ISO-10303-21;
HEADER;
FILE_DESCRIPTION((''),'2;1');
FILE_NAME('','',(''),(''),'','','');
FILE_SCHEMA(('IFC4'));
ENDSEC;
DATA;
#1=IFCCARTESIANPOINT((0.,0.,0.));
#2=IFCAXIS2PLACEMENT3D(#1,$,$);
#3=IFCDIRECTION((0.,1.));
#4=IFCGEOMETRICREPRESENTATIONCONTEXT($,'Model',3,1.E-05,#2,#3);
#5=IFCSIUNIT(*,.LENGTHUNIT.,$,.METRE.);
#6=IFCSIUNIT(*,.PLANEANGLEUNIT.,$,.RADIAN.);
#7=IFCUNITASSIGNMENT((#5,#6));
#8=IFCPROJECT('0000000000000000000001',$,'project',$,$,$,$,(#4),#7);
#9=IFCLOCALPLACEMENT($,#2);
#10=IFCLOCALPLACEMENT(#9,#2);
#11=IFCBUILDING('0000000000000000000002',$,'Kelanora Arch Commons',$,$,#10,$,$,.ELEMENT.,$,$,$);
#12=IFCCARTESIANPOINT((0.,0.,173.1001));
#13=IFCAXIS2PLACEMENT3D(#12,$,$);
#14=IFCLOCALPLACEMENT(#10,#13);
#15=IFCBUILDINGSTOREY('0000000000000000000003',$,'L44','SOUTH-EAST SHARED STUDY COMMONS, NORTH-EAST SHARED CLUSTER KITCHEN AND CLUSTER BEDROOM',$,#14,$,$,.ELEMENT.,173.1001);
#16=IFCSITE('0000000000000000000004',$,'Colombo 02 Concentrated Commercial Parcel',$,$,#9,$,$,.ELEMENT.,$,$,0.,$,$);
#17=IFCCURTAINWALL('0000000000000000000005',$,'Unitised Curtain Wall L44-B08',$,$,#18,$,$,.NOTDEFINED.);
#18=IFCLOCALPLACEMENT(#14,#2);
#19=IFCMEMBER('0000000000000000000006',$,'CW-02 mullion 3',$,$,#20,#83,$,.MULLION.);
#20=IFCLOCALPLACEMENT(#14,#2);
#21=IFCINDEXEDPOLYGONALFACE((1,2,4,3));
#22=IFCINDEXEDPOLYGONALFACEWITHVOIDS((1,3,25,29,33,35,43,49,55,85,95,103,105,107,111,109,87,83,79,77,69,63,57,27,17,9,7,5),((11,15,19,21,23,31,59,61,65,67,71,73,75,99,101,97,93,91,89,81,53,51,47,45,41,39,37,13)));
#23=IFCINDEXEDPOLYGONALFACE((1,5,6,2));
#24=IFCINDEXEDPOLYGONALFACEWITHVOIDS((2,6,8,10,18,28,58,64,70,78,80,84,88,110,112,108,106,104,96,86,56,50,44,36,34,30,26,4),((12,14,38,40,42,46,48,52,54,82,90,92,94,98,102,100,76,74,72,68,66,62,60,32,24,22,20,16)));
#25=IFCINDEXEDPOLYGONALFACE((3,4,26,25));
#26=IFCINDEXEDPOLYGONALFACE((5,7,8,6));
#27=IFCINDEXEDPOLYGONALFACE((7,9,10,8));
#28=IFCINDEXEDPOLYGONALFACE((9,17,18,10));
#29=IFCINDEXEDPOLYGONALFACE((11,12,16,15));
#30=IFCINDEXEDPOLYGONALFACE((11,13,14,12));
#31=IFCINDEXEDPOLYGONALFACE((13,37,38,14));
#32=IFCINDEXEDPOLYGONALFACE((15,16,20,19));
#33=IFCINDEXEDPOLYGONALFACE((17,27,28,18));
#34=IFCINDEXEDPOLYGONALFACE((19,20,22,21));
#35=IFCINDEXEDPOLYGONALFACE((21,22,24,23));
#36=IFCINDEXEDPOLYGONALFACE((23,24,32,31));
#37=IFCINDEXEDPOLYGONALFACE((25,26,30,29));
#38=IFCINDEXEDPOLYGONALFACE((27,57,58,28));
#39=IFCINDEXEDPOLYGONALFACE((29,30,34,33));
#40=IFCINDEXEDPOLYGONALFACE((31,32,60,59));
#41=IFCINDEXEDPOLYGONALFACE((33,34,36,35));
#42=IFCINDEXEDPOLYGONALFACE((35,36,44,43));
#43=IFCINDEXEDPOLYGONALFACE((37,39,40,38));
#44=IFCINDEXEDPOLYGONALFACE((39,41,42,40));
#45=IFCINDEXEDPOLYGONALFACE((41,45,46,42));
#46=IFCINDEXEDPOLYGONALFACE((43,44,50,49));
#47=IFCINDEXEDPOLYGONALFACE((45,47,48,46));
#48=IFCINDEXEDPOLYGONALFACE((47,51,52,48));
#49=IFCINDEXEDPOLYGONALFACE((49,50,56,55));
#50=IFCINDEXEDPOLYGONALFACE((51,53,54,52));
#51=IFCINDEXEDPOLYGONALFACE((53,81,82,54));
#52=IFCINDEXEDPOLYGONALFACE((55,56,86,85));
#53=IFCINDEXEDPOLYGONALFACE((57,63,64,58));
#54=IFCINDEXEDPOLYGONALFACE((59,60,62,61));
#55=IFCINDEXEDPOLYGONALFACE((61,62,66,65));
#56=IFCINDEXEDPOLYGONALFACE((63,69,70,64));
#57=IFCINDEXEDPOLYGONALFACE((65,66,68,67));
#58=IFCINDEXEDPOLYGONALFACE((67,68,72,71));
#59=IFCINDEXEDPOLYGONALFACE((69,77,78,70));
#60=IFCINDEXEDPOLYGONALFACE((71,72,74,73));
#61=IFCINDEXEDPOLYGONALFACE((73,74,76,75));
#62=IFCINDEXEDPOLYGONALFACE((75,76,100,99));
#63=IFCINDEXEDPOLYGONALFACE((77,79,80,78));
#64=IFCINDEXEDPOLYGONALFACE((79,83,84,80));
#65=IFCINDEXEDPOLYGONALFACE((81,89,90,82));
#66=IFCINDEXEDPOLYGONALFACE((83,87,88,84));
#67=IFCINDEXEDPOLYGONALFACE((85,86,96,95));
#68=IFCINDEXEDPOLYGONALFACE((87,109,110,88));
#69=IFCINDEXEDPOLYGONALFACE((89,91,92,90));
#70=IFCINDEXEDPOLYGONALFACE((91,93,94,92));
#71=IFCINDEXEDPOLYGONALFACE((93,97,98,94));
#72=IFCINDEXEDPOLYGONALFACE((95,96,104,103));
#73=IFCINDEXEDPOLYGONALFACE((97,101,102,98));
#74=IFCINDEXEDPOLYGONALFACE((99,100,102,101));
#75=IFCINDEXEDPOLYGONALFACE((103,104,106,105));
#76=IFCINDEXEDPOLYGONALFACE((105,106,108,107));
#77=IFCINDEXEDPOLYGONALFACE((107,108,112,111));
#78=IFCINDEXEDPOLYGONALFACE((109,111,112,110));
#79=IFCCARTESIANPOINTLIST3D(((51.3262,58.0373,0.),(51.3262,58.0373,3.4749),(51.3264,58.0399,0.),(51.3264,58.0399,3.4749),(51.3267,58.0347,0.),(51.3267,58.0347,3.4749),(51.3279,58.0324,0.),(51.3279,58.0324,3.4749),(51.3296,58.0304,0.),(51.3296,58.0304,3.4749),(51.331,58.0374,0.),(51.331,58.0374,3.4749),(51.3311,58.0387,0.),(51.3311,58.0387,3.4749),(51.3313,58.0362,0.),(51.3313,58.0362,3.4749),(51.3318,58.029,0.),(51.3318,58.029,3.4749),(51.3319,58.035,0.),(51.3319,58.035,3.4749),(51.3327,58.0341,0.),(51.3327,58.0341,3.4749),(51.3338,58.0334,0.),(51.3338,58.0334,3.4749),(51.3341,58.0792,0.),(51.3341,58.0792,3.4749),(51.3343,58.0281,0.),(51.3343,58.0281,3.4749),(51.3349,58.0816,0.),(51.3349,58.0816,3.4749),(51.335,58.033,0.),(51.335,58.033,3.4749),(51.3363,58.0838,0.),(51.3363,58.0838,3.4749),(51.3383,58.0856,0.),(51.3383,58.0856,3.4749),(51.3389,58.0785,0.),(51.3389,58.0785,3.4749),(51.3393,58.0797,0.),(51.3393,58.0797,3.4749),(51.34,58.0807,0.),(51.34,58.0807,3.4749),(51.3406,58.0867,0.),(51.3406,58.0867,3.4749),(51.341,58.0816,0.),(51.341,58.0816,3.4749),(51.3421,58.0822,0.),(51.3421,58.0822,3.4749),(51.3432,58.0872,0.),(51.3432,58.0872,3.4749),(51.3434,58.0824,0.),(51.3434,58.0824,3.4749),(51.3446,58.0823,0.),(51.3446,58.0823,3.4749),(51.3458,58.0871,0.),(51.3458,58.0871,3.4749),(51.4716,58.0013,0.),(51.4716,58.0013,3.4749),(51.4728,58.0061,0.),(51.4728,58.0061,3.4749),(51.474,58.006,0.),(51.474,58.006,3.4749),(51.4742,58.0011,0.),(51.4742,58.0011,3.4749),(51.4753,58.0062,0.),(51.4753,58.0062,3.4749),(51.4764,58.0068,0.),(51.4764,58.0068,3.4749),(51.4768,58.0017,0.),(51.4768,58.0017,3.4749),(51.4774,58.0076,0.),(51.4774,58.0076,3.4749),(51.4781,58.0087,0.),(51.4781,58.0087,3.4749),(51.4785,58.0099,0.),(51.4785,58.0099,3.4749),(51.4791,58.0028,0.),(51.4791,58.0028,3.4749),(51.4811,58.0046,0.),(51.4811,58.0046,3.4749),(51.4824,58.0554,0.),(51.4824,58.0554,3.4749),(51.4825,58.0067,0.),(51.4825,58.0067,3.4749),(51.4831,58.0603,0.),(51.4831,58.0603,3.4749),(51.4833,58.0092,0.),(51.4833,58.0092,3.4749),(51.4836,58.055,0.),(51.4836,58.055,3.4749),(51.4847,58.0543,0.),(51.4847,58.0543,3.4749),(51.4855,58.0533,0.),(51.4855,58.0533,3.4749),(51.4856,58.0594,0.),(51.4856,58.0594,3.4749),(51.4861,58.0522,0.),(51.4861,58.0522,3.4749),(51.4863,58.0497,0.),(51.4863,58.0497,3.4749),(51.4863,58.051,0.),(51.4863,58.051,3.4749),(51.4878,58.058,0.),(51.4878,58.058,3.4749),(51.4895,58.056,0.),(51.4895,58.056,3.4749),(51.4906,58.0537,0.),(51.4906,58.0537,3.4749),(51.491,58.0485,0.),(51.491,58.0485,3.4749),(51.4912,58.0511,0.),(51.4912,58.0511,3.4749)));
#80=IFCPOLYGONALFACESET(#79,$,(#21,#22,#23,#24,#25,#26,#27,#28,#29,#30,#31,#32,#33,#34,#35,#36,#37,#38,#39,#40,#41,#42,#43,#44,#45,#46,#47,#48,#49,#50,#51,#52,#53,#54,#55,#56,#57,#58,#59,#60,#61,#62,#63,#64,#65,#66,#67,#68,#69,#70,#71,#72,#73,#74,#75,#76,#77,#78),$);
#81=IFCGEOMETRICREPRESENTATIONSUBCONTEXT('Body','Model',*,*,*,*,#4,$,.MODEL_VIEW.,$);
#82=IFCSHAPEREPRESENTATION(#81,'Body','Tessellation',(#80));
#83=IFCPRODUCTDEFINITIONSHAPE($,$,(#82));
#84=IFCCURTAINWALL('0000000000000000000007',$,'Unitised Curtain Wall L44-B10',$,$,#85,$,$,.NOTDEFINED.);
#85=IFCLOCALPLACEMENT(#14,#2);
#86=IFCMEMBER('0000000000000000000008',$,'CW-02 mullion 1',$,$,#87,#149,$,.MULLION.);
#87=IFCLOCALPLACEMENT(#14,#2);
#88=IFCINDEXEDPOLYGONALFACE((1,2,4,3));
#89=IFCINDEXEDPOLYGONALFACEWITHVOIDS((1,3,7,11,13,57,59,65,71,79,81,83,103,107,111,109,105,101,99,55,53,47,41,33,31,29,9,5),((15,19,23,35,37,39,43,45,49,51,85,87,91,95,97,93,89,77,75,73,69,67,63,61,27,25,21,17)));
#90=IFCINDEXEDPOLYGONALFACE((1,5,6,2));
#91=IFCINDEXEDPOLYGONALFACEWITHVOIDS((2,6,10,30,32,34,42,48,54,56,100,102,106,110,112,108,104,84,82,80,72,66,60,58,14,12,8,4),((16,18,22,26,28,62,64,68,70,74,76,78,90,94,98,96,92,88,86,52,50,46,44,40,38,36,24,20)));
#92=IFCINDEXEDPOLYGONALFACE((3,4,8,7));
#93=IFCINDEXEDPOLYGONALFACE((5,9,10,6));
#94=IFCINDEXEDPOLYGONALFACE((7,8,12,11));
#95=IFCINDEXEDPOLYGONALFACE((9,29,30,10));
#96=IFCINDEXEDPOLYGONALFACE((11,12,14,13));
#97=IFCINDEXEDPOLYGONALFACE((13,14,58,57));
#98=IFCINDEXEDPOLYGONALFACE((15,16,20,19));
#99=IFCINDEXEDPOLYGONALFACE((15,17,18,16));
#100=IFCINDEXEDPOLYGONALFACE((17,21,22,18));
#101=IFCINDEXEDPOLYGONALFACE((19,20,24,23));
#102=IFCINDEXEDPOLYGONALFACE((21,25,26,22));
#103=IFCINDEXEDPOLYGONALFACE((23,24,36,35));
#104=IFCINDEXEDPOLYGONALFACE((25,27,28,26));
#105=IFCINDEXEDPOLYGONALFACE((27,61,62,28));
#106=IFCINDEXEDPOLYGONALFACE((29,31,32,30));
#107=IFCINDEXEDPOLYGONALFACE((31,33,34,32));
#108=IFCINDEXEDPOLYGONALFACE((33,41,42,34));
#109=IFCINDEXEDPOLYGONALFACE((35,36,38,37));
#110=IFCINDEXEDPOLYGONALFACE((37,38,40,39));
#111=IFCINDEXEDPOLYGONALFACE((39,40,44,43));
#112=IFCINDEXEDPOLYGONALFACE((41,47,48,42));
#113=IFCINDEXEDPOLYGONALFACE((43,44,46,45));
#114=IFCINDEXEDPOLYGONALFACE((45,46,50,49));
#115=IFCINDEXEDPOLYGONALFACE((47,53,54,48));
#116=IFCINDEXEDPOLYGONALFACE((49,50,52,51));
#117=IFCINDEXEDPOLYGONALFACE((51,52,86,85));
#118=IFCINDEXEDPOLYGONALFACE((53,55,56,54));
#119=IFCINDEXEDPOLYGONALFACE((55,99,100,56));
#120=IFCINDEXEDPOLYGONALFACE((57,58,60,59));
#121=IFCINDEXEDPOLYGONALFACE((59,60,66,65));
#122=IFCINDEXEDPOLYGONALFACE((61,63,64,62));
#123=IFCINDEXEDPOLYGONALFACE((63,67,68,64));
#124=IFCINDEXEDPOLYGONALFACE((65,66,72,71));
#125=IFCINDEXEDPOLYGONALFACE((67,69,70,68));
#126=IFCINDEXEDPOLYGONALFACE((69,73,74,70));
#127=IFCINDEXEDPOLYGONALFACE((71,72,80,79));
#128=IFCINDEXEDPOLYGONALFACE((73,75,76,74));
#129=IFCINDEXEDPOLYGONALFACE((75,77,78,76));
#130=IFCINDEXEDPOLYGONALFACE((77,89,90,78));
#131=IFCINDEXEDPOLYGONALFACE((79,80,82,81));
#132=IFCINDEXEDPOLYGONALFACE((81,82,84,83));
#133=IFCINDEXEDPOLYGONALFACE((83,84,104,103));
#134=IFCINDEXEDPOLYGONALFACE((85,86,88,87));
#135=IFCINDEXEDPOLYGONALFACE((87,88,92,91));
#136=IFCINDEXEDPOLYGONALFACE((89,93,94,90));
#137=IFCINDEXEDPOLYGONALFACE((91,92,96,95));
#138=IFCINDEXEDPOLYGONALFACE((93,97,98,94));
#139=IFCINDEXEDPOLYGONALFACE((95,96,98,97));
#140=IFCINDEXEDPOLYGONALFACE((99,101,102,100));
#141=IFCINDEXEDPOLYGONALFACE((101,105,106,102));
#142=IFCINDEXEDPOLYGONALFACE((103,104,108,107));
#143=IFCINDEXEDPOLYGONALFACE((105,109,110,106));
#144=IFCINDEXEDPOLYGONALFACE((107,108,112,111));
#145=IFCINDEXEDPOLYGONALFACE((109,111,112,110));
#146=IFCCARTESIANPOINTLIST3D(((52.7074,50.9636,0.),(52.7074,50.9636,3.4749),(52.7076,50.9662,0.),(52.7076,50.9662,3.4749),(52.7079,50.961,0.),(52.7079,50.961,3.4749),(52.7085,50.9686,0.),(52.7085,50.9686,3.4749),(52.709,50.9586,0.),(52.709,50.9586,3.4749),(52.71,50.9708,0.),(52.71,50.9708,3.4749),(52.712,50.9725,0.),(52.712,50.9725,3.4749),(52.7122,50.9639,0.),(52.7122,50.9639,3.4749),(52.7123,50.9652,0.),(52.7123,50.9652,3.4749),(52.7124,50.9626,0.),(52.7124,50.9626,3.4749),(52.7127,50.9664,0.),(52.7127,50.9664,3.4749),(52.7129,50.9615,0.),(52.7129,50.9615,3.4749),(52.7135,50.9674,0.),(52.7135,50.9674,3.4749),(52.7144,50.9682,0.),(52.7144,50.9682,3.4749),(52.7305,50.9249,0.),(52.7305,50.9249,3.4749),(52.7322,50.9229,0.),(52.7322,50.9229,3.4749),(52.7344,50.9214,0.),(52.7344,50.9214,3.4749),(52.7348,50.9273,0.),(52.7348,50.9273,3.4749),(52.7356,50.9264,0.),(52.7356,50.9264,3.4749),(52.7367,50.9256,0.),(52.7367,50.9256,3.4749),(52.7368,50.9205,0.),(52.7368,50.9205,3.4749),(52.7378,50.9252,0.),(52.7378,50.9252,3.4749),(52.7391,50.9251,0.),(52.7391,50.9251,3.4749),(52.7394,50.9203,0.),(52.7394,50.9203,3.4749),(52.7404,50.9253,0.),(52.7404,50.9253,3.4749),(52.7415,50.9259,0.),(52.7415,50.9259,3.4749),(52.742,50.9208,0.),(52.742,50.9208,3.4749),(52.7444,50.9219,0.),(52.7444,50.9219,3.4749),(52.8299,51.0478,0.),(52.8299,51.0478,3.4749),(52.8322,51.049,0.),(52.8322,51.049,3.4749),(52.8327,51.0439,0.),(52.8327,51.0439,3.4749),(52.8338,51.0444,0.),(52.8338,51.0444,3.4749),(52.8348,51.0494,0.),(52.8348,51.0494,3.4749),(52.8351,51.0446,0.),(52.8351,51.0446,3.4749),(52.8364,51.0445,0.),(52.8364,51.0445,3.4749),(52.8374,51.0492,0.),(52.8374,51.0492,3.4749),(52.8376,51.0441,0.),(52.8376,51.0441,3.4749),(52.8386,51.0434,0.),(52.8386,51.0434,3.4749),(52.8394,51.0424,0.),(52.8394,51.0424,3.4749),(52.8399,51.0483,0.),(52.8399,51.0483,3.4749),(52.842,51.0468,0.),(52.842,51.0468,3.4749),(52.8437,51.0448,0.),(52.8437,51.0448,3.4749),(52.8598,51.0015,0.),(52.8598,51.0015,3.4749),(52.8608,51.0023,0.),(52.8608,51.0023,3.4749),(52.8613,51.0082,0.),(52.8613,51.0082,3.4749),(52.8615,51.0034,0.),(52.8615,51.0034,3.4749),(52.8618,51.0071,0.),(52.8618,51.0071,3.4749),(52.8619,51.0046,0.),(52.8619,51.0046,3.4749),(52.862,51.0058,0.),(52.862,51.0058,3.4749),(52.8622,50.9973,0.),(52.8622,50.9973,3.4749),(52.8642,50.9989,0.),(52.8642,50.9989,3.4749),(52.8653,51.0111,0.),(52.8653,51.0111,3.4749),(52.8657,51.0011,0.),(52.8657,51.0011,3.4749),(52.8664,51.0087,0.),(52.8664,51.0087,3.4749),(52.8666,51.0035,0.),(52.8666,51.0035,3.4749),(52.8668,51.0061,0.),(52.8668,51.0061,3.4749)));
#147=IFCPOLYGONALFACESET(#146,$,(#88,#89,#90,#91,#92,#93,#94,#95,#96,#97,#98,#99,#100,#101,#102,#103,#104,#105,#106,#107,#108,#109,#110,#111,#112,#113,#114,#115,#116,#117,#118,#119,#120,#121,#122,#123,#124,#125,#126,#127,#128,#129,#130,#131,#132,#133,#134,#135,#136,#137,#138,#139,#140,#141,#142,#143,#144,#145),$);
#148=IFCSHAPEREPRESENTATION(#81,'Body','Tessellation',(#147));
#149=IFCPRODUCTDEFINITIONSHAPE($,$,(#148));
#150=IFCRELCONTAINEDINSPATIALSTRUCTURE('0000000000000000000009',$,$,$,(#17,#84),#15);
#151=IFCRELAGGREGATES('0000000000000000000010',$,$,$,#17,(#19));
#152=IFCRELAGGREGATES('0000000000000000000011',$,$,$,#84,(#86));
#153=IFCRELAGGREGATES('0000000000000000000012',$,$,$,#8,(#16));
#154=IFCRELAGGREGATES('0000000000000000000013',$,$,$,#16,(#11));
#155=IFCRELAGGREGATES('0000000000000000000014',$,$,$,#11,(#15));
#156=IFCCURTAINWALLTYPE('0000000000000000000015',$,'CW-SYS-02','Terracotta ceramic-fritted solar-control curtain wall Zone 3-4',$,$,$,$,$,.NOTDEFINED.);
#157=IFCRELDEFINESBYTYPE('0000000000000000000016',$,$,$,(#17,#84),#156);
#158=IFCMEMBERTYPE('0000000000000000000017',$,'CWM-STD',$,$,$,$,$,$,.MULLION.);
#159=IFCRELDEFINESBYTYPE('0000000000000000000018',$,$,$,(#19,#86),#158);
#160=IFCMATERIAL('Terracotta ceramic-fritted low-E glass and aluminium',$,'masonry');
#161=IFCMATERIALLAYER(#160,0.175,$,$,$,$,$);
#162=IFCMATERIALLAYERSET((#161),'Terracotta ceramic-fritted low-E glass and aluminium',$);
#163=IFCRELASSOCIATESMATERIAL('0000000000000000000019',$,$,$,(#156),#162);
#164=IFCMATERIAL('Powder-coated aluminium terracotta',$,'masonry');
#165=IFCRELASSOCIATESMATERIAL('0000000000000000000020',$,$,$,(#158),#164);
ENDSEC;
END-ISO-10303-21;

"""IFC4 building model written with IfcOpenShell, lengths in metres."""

from ifc_helpers import new_model, si_unit, direction, frame, origin, origin_2d, place, context, subcontext, project, spatial, hollow_rectangle, extrude, material, layer, layer_set, material_profile, profile_set, type_object, element, aggregate, save


model = new_model("IFC4")

# Units and contexts
model_context = context("Model", 3, precision=1e-05, world=origin(), true_north=direction((0.0, 1.0)))
body_context = subcontext(model_context, "Body", "Model", "MODEL_VIEW")
ifc_project = project(units=[si_unit("LENGTHUNIT", "METRE"), si_unit("PLANEANGLEUNIT", "RADIAN")], contexts=[model_context])

# Site, building, storey
site_placement = place(None, origin())
site = spatial("IfcSite", under=ifc_project, at=site_placement, Name="Colombo 02 Concentrated Commercial Parcel", CompositionType="ELEMENT", RefElevation=0.0)
building_placement = place(site_placement, origin())
building = spatial("IfcBuilding", under=site, at=building_placement, Name="Kelanora Arch Commons", CompositionType="ELEMENT")
storey_placement = place(building_placement, frame((0.0, 0.0, 173.1001)))
storey = spatial("IfcBuildingStorey", under=building, at=storey_placement, Name="L44", Description="SOUTH-EAST SHARED STUDY COMMONS, NORTH-EAST SHARED CLUSTER KITCHEN AND CLUSTER BEDROOM", CompositionType="ELEMENT", Elevation=173.1001)

# Curtain wall, member
ifc_material_1 = material(Name="Terracotta ceramic-fritted low-E glass and aluminium", Category="masonry")
ifc_layer_1 = layer(ifc_material_1, 0.175)
ifc_layer_set_1 = layer_set([ifc_layer_1], Name="Terracotta ceramic-fritted low-E glass and aluminium")
curtain_wall_type = type_object("IfcCurtainWallType", Name="CW-SYS-02", Description="Terracotta ceramic-fritted solar-control curtain wall Zone 3-4", PredefinedType="NOTDEFINED", material=ifc_layer_set_1)
curtain_wall_1_placement = place(storey_placement, origin())
curtain_wall_1 = element("IfcCurtainWall", 1, at=curtain_wall_1_placement, inside=storey, type_object=curtain_wall_type, Name="Unitised Curtain Wall L44-B08", PredefinedType="NOTDEFINED")
ifc_material_2 = material(Name="Powder-coated aluminium terracotta", Category="masonry")
ifc_material_profile_1 = material_profile(ifc_material_2, hollow_rectangle(XDim=0.1599, YDim=0.0601, WallThickness=0.0049, InnerFilletRadius=0.0049, OuterFilletRadius=0.01, at=origin_2d()), Name="CWM160x60")
ifc_profile_set_1 = profile_set([ifc_material_profile_1], Name="Powder-coated aluminium terracotta")
member_type_1 = type_object("IfcMemberType", Name="CWM-STD", PredefinedType="MULLION", material=ifc_profile_set_1)
member_1_placement = place(storey_placement, frame((51.4087, 58.0442, 0.0), z_axis=(0.0, 0.0, 1.0), x_axis=(0.981453, -0.191705, 0.0)))
member_1 = element("IfcMember", 2, at=member_1_placement, type_object=member_type_1, Name="CW-02 mullion 3", PredefinedType="MULLION", context=body_context, shape_type="SweptSolid", body=[
    extrude(hollow_rectangle(XDim=0.1599, YDim=0.0601, WallThickness=0.0049, InnerFilletRadius=0.0049, OuterFilletRadius=0.01, at=origin_2d()), origin(), (0.0, 0.0, 1.0), 3.4749),
])
aggregate(curtain_wall_1, [member_1])

# Curtain wall, member
curtain_wall_2_placement = place(storey_placement, origin())
curtain_wall_2 = element("IfcCurtainWall", 3, at=curtain_wall_2_placement, inside=storey, type_object=curtain_wall_type, Name="Unitised Curtain Wall L44-B10", PredefinedType="NOTDEFINED")
member_2_placement = place(storey_placement, frame((52.7871, 50.9849, 0.0), z_axis=(0.0, 0.0, 1.0), x_axis=(0.842423, 0.538817, 0.0)))
member_2 = element("IfcMember", 4, at=member_2_placement, type_object=member_type_1, Name="CW-02 mullion 1", PredefinedType="MULLION", context=body_context, shape_type="SweptSolid", body=[
    extrude(hollow_rectangle(XDim=0.1599, YDim=0.0601, WallThickness=0.0049, InnerFilletRadius=0.0049, OuterFilletRadius=0.01, at=origin_2d()), origin(), (0.0, 0.0, 1.0), 3.4749),
])

aggregate(curtain_wall_2, [member_2])

save(model, "model.ifc")
